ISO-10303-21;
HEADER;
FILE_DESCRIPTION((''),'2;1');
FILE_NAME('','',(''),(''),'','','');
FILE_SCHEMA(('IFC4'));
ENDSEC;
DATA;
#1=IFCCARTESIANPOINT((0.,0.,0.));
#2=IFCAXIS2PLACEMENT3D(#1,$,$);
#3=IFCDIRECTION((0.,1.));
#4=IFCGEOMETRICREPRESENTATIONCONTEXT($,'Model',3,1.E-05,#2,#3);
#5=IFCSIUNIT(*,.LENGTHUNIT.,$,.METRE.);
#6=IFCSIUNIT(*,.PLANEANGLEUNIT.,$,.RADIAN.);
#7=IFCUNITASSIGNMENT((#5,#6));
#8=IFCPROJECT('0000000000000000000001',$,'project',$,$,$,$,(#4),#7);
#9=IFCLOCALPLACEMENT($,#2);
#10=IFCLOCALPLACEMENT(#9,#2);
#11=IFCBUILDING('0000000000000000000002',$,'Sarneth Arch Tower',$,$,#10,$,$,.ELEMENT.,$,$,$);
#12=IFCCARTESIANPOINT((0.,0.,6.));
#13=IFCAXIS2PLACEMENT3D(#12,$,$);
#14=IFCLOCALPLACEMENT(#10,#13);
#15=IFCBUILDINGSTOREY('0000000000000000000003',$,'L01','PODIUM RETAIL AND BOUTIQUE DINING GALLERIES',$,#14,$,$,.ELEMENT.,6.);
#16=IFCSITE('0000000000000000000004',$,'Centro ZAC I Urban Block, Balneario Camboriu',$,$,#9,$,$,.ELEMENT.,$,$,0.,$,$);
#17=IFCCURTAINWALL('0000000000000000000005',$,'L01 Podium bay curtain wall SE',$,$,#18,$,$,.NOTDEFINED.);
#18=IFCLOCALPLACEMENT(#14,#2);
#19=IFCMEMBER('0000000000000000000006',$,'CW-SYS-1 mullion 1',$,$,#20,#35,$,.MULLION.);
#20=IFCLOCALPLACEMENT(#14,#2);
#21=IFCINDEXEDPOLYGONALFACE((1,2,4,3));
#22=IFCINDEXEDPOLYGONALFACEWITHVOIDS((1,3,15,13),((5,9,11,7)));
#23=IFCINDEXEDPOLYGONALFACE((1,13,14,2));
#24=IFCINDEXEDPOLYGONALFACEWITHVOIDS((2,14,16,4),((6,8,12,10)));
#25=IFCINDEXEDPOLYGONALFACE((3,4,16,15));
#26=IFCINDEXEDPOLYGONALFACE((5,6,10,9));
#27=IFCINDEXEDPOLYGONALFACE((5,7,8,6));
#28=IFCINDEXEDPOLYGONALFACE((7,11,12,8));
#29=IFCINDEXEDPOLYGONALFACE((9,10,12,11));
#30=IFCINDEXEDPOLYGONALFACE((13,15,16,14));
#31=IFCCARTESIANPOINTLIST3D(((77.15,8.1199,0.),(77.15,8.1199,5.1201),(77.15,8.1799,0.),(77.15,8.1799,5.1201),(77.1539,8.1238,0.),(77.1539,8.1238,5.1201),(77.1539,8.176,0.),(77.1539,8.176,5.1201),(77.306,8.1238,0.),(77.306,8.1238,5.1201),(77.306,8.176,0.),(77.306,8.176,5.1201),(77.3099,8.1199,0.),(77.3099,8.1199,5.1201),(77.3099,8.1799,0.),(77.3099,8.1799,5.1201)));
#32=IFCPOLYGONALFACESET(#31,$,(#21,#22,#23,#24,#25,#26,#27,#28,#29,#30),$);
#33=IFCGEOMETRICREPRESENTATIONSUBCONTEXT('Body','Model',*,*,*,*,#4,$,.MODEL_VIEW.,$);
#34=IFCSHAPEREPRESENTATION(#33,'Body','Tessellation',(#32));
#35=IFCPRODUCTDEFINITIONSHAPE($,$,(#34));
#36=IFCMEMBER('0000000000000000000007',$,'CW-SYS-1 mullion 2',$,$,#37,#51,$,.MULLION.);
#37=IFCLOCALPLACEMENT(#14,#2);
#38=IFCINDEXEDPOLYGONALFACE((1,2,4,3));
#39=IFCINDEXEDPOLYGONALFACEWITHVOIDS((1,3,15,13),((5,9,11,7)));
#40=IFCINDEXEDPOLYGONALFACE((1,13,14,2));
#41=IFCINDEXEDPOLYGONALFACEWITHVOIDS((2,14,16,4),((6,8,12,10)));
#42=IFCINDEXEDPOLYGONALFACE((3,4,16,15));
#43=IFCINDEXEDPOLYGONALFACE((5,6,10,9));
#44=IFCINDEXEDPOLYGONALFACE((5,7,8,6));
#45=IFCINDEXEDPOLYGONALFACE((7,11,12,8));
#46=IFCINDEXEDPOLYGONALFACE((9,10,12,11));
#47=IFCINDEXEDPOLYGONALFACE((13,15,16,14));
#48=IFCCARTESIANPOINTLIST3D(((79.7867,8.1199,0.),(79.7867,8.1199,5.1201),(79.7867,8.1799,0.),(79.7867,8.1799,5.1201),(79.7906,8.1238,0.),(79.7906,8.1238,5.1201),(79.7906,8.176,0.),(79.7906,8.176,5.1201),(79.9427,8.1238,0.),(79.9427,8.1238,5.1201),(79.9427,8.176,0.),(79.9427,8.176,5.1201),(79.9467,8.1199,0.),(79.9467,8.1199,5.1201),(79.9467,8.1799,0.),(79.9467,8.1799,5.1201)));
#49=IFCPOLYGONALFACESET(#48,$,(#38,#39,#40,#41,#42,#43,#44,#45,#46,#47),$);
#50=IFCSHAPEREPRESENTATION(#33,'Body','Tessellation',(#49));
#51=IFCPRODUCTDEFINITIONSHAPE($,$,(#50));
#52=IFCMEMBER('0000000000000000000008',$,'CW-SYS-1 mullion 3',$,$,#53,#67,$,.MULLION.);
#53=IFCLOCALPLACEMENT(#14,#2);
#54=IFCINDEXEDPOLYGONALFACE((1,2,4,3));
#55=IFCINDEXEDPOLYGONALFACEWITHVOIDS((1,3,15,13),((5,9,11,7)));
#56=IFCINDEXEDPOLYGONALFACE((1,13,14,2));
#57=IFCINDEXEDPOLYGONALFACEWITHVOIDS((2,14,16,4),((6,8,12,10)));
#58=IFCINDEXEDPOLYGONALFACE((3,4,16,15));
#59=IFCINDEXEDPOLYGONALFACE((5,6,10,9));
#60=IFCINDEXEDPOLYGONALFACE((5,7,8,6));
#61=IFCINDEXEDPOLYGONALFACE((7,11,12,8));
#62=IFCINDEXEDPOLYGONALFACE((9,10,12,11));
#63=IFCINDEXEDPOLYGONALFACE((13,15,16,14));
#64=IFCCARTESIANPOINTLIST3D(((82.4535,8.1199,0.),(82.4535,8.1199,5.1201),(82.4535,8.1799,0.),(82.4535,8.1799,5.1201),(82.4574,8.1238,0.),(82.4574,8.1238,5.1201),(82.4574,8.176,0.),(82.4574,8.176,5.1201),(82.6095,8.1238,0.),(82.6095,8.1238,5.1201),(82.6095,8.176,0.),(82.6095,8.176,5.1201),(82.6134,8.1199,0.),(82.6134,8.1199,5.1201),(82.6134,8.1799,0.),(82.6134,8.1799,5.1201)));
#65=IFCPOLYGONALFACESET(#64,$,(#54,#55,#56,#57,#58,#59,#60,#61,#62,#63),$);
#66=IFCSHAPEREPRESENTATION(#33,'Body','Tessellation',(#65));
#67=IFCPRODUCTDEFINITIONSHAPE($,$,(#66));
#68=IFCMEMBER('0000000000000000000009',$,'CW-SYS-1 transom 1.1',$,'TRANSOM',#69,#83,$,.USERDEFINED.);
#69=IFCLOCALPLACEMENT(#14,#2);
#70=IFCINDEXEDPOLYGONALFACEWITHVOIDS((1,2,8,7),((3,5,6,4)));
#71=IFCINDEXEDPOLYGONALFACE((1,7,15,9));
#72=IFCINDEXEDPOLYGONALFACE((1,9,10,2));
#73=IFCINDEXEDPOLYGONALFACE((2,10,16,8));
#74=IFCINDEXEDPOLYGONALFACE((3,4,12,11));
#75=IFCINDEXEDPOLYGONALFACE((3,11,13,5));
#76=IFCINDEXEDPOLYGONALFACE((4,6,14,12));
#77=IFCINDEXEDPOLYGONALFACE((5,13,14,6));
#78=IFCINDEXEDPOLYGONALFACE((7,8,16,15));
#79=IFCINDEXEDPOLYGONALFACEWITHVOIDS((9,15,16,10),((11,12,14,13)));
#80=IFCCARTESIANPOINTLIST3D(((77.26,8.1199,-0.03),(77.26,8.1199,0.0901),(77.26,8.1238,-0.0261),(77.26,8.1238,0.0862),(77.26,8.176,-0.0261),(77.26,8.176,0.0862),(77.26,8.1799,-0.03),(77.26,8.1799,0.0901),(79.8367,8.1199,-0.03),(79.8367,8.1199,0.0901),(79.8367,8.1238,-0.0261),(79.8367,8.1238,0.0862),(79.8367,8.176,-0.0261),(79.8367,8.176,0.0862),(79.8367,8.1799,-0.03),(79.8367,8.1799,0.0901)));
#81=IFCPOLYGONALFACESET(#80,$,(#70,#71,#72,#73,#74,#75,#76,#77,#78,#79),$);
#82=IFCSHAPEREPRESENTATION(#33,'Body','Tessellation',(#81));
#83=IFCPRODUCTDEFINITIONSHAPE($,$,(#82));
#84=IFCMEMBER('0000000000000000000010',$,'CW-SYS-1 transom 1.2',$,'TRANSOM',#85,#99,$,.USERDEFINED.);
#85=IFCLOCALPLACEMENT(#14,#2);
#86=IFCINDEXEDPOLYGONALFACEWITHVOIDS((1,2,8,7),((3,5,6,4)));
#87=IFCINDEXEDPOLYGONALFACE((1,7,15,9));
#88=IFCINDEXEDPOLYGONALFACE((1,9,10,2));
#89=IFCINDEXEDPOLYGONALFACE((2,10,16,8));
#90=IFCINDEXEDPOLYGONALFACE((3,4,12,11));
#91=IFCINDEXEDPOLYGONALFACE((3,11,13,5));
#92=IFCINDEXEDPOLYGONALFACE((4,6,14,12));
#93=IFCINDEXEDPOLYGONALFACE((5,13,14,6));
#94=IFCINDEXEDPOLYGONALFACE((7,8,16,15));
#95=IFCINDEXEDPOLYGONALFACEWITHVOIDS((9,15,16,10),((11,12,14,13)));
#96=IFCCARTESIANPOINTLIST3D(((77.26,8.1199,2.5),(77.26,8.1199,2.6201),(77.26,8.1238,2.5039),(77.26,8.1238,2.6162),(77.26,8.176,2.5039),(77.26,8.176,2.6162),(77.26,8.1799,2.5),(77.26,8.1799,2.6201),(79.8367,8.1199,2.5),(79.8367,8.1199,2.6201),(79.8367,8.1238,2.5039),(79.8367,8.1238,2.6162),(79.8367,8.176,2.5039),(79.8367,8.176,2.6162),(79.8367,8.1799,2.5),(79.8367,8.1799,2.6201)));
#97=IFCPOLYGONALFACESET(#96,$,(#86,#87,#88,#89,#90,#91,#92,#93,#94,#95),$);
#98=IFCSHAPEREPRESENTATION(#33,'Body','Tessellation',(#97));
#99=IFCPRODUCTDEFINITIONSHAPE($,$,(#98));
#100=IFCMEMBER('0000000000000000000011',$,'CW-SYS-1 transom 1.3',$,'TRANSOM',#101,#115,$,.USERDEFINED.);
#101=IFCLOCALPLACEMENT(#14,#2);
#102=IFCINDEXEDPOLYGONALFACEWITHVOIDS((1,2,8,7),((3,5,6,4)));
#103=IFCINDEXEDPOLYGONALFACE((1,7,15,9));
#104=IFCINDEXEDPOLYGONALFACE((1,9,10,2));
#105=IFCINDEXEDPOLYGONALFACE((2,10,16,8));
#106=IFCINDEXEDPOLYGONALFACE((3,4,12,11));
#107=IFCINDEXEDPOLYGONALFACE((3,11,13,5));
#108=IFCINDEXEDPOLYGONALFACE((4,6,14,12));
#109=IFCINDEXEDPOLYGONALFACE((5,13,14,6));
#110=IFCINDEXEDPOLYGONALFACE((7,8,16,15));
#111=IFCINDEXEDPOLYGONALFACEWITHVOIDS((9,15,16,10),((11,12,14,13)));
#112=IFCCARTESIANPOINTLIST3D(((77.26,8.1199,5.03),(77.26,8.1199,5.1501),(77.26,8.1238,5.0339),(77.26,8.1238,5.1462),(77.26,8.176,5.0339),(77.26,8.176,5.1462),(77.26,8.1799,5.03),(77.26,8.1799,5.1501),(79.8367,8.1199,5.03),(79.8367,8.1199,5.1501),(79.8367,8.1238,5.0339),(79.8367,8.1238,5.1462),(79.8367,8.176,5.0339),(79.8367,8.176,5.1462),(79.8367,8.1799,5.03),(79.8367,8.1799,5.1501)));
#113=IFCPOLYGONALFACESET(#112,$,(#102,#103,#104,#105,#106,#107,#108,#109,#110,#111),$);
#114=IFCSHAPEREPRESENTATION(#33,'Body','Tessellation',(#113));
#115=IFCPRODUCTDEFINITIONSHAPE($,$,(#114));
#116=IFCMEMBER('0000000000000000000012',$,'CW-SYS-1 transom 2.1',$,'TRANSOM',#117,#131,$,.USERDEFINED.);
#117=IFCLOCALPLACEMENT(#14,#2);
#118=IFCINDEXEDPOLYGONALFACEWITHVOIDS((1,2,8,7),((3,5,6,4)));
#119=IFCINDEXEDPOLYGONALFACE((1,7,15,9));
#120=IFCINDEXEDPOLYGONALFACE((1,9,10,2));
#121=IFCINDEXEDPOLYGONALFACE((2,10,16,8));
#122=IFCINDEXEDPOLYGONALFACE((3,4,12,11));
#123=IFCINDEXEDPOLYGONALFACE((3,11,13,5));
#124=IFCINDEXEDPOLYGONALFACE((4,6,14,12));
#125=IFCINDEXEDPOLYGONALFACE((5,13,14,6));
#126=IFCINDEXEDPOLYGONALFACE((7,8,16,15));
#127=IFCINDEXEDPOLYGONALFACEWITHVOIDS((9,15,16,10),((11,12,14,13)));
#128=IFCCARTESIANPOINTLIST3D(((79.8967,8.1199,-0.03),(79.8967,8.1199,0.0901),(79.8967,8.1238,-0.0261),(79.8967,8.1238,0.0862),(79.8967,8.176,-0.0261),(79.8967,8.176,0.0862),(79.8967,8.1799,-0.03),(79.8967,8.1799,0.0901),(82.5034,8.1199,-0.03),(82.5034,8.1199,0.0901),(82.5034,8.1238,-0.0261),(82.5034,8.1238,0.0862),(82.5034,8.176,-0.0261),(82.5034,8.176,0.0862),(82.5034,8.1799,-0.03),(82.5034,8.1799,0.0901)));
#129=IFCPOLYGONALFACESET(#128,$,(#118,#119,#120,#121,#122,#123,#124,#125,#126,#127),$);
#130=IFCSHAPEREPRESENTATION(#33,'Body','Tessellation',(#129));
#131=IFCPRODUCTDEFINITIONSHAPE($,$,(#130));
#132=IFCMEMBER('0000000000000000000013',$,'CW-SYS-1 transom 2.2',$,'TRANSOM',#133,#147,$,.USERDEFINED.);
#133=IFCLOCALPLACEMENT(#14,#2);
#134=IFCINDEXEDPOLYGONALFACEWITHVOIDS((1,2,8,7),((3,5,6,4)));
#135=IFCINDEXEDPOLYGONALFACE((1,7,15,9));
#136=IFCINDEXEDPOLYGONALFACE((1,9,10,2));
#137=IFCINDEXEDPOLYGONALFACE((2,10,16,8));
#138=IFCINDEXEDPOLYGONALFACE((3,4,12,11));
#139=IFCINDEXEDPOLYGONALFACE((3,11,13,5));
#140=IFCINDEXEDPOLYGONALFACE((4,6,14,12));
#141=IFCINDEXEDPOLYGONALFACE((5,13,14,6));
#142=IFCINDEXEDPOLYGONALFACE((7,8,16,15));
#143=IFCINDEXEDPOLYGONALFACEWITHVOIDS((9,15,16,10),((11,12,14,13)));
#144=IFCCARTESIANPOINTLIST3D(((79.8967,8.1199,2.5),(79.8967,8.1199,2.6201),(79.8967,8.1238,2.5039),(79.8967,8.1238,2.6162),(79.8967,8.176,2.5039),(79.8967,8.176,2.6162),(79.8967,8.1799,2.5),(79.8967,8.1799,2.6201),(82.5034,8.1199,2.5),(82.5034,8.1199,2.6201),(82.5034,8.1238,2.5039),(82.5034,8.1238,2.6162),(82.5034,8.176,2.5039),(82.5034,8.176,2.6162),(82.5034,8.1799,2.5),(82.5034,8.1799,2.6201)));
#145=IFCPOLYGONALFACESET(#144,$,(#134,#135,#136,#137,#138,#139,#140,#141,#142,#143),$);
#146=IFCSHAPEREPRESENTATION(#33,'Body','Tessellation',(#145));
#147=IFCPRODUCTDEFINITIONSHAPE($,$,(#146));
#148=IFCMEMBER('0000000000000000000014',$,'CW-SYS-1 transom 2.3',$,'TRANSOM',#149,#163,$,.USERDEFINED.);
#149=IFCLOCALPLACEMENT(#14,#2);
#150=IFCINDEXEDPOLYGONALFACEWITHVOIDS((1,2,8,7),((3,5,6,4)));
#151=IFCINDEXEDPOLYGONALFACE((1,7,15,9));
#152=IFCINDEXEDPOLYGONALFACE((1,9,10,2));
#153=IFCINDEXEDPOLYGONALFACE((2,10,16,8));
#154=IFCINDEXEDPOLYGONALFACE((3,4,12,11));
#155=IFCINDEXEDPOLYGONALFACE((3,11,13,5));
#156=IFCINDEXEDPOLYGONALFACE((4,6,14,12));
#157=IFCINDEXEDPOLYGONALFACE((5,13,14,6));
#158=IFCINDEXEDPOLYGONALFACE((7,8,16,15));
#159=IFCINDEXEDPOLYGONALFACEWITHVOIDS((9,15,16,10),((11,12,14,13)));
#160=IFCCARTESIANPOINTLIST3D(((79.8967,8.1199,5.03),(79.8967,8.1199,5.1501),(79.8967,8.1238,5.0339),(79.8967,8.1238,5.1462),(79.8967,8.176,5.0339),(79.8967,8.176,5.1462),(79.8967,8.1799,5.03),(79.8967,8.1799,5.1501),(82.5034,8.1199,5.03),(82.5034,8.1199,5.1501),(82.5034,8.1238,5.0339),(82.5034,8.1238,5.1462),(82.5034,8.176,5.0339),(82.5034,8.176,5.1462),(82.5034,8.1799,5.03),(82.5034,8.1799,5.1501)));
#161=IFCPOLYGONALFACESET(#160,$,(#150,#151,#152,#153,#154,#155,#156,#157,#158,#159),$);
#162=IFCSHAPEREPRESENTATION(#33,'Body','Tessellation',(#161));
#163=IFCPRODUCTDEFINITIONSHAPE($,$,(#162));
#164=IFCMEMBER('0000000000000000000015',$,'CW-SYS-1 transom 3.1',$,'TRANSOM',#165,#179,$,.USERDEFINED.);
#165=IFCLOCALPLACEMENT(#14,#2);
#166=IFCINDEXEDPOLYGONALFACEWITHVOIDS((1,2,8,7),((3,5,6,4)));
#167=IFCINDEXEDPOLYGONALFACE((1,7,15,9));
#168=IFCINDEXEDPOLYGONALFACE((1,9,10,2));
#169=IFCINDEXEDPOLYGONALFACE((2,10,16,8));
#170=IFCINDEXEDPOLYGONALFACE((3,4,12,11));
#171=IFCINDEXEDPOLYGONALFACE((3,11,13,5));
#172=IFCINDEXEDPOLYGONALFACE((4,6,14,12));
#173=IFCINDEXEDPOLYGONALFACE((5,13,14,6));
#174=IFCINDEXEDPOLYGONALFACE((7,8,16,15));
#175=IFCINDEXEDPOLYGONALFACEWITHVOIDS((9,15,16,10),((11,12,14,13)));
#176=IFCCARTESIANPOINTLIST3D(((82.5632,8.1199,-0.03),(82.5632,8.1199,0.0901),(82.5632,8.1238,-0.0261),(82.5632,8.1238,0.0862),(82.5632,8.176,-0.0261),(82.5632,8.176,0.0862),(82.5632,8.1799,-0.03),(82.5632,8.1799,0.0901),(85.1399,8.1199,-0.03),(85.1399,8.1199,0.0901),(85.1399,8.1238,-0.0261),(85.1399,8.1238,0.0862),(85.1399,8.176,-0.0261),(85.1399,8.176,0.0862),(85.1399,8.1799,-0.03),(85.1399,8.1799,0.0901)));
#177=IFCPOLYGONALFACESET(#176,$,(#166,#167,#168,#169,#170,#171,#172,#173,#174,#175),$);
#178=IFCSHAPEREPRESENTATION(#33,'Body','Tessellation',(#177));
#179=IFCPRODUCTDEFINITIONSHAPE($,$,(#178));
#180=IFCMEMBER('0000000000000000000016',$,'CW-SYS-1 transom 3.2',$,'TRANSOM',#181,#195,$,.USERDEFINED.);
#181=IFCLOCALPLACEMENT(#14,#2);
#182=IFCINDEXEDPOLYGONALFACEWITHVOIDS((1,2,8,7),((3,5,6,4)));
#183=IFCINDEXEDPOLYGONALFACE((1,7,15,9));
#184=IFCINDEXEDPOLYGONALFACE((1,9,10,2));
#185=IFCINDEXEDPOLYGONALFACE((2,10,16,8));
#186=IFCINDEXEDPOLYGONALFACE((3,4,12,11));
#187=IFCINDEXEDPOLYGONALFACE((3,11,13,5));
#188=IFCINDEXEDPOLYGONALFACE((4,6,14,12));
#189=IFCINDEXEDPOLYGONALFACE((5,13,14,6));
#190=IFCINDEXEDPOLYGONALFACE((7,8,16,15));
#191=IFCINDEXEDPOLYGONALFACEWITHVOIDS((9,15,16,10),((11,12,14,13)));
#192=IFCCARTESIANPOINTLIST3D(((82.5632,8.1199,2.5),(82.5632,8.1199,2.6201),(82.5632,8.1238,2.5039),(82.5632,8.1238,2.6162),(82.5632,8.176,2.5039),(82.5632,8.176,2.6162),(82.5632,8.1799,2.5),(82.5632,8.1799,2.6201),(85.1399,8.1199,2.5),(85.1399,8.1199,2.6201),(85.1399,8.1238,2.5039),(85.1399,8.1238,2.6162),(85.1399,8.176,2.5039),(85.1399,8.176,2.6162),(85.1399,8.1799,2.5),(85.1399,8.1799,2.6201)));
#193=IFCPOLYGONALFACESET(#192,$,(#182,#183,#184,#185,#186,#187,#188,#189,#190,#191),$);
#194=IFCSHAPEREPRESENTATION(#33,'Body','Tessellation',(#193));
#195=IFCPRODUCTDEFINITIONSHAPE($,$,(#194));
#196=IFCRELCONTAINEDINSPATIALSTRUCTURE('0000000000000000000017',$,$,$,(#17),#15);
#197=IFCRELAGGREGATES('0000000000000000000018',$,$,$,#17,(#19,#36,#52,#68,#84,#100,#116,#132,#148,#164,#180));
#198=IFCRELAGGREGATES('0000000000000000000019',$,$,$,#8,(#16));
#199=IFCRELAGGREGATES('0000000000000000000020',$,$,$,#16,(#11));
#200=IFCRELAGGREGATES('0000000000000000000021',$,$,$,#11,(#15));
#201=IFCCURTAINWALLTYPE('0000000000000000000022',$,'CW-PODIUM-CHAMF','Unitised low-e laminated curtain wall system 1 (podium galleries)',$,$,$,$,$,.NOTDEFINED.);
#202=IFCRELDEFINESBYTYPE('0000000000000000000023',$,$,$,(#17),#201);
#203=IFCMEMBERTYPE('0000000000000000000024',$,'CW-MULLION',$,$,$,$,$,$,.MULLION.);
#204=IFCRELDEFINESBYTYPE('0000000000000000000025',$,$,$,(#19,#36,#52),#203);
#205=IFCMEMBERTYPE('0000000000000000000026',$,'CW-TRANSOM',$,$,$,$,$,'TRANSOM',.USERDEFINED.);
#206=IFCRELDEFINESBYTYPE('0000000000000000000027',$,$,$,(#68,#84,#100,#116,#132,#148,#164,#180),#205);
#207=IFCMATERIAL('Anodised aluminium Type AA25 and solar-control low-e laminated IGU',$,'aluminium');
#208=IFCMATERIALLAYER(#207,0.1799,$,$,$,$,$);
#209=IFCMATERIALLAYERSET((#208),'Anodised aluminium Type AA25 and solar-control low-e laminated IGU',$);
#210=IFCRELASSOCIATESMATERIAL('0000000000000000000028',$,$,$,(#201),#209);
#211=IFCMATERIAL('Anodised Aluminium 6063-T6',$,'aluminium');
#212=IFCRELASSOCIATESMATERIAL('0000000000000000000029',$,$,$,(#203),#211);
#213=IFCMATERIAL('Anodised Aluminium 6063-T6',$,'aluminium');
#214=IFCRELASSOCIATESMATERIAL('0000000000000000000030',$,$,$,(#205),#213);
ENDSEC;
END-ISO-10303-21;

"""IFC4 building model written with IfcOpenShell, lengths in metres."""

from ifc_helpers import new_model, si_unit, direction, frame, origin, origin_2d, place, context, subcontext, project, spatial, hollow_rectangle, extrude, material, layer, layer_set, material_profile, profile_set, type_object, element, aggregate, save


model = new_model("IFC4")

# Units and contexts
model_context = context("Model", 3, precision=1e-05, world=origin(), true_north=direction((0.0, 1.0)))
body_context = subcontext(model_context, "Body", "Model", "MODEL_VIEW")
ifc_project = project(units=[si_unit("LENGTHUNIT", "METRE"), si_unit("PLANEANGLEUNIT", "RADIAN")], contexts=[model_context])

# Site, building, storey
site_placement = place(None, origin())
site = spatial("IfcSite", under=ifc_project, at=site_placement, Name="Centro ZAC I Urban Block, Balneario Camboriu", CompositionType="ELEMENT", RefElevation=0.0)
building_placement = place(site_placement, origin())
building = spatial("IfcBuilding", under=site, at=building_placement, Name="Sarneth Arch Tower", CompositionType="ELEMENT")
storey_placement = place(building_placement, frame((0.0, 0.0, 6.0)))
storey = spatial("IfcBuildingStorey", under=building, at=storey_placement, Name="L01", Description="PODIUM RETAIL AND BOUTIQUE DINING GALLERIES", CompositionType="ELEMENT", Elevation=6.0)

# Curtain wall, members
ifc_material_1 = material(Name="Anodised aluminium Type AA25 and solar-control low-e laminated IGU", Category="aluminium")
ifc_layer_1 = layer(ifc_material_1, 0.1799)
ifc_layer_set_1 = layer_set([ifc_layer_1], Name="Anodised aluminium Type AA25 and solar-control low-e laminated IGU")
curtain_wall_type = type_object("IfcCurtainWallType", Name="CW-PODIUM-CHAMF", Description="Unitised low-e laminated curtain wall system 1 (podium galleries)", PredefinedType="NOTDEFINED", material=ifc_layer_set_1)
curtain_wall_placement = place(storey_placement, origin())
curtain_wall = element("IfcCurtainWall", 1, at=curtain_wall_placement, inside=storey, type_object=curtain_wall_type, Name="L01 Podium bay curtain wall SE", PredefinedType="NOTDEFINED")
ifc_material_2 = material(Name="Anodised Aluminium 6063-T6", Category="aluminium")
ifc_material_profile_1 = material_profile(ifc_material_2, hollow_rectangle(XDim=0.0601, YDim=0.1599, WallThickness=0.0039, at=origin_2d()), Name="AL-MULL-160x60x4")
ifc_profile_set_1 = profile_set([ifc_material_profile_1], Name="Anodised Aluminium 6063-T6")
member_type_1 = type_object("IfcMemberType", Name="CW-MULLION", PredefinedType="MULLION", material=ifc_profile_set_1)
member_1_placement = place(storey_placement, frame((77.23, 8.1499, 0.0), z_axis=(0.0, 0.0, 1.0), x_axis=(0.0, 1.0, 0.0)))
member_1 = element("IfcMember", 2, at=member_1_placement, type_object=member_type_1, Name="CW-SYS-1 mullion 1", PredefinedType="MULLION", context=body_context, shape_type="SweptSolid", body=[
    extrude(hollow_rectangle(XDim=0.0601, YDim=0.1599, WallThickness=0.0039, at=origin_2d()), origin(), (0.0, 0.0, 1.0), 5.1201),
])
member_2_placement = place(storey_placement, frame((79.8667, 8.1499, 0.0), z_axis=(0.0, 0.0, 1.0), x_axis=(0.0, 1.0, 0.0)))
member_2 = element("IfcMember", 3, at=member_2_placement, type_object=member_type_1, Name="CW-SYS-1 mullion 2", PredefinedType="MULLION", context=body_context, shape_type="SweptSolid", body=[
    extrude(hollow_rectangle(XDim=0.0601, YDim=0.1599, WallThickness=0.0039, at=origin_2d()), origin(), (0.0, 0.0, 1.0), 5.1201),
])
member_3_placement = place(storey_placement, frame((82.5334, 8.1499, 0.0), z_axis=(0.0, 0.0, 1.0), x_axis=(0.0, 1.0, 0.0)))
member_3 = element("IfcMember", 4, at=member_3_placement, type_object=member_type_1, Name="CW-SYS-1 mullion 3", PredefinedType="MULLION", context=body_context, shape_type="SweptSolid", body=[
    extrude(hollow_rectangle(XDim=0.0601, YDim=0.1599, WallThickness=0.0039, at=origin_2d()), origin(), (0.0, 0.0, 1.0), 5.1201),
])
ifc_material_3 = material(Name="Anodised Aluminium 6063-T6", Category="aluminium")
ifc_material_profile_2 = material_profile(ifc_material_3, hollow_rectangle(XDim=0.0601, YDim=0.1201, WallThickness=0.0039, at=origin_2d()), Name="AL-TRAN-120x60x4")
ifc_profile_set_2 = profile_set([ifc_material_profile_2], Name="Anodised Aluminium 6063-T6")
member_type_2 = type_object("IfcMemberType", Name="CW-TRANSOM", ElementType="TRANSOM", PredefinedType="USERDEFINED", material=ifc_profile_set_2)
member_4_placement = place(storey_placement, frame((77.26, 8.1499, 0.03), z_axis=(1.0, 0.0, 0.0), x_axis=(0.0, 1.0, 0.0)))
member_4 = element("IfcMember", 5, at=member_4_placement, type_object=member_type_2, Name="CW-SYS-1 transom 1.1", ObjectType="TRANSOM", PredefinedType="USERDEFINED", context=body_context, shape_type="SweptSolid", body=[
    extrude(hollow_rectangle(XDim=0.0601, YDim=0.1201, WallThickness=0.0039, at=origin_2d()), origin(), (0.0, 0.0, 1.0), 2.5767),
])
member_5_placement = place(storey_placement, frame((77.26, 8.1499, 2.5601), z_axis=(1.0, 0.0, 0.0), x_axis=(0.0, 1.0, 0.0)))
member_5 = element("IfcMember", 6, at=member_5_placement, type_object=member_type_2, Name="CW-SYS-1 transom 1.2", ObjectType="TRANSOM", PredefinedType="USERDEFINED", context=body_context, shape_type="SweptSolid", body=[
    extrude(hollow_rectangle(XDim=0.0601, YDim=0.1201, WallThickness=0.0039, at=origin_2d()), origin(), (0.0, 0.0, 1.0), 2.5767),
])
member_6_placement = place(storey_placement, frame((77.26, 8.1499, 5.0901), z_axis=(1.0, 0.0, 0.0), x_axis=(0.0, 1.0, 0.0)))
member_6 = element("IfcMember", 7, at=member_6_placement, type_object=member_type_2, Name="CW-SYS-1 transom 1.3", ObjectType="TRANSOM", PredefinedType="USERDEFINED", context=body_context, shape_type="SweptSolid", body=[
    extrude(hollow_rectangle(XDim=0.0601, YDim=0.1201, WallThickness=0.0039, at=origin_2d()), origin(), (0.0, 0.0, 1.0), 2.5767),
])
member_7_placement = place(storey_placement, frame((79.8967, 8.1499, 0.03), z_axis=(1.0, 0.0, 0.0), x_axis=(0.0, 1.0, 0.0)))
member_7 = element("IfcMember", 8, at=member_7_placement, type_object=member_type_2, Name="CW-SYS-1 transom 2.1", ObjectType="TRANSOM", PredefinedType="USERDEFINED", context=body_context, shape_type="SweptSolid", body=[
    extrude(hollow_rectangle(XDim=0.0601, YDim=0.1201, WallThickness=0.0039, at=origin_2d()), origin(), (0.0, 0.0, 1.0), 2.6067),
])
member_8_placement = place(storey_placement, frame((79.8967, 8.1499, 2.5601), z_axis=(1.0, 0.0, 0.0), x_axis=(0.0, 1.0, 0.0)))
member_8 = element("IfcMember", 9, at=member_8_placement, type_object=member_type_2, Name="CW-SYS-1 transom 2.2", ObjectType="TRANSOM", PredefinedType="USERDEFINED", context=body_context, shape_type="SweptSolid", body=[
    extrude(hollow_rectangle(XDim=0.0601, YDim=0.1201, WallThickness=0.0039, at=origin_2d()), origin(), (0.0, 0.0, 1.0), 2.6067),
])
member_9_placement = place(storey_placement, frame((79.8967, 8.1499, 5.0901), z_axis=(1.0, 0.0, 0.0), x_axis=(0.0, 1.0, 0.0)))
member_9 = element("IfcMember", 10, at=member_9_placement, type_object=member_type_2, Name="CW-SYS-1 transom 2.3", ObjectType="TRANSOM", PredefinedType="USERDEFINED", context=body_context, shape_type="SweptSolid", body=[
    extrude(hollow_rectangle(XDim=0.0601, YDim=0.1201, WallThickness=0.0039, at=origin_2d()), origin(), (0.0, 0.0, 1.0), 2.6067),
])
member_10_placement = place(storey_placement, frame((82.5632, 8.1499, 0.03), z_axis=(1.0, 0.0, 0.0), x_axis=(0.0, 1.0, 0.0)))
member_10 = element("IfcMember", 11, at=member_10_placement, type_object=member_type_2, Name="CW-SYS-1 transom 3.1", ObjectType="TRANSOM", PredefinedType="USERDEFINED", context=body_context, shape_type="SweptSolid", body=[
    extrude(hollow_rectangle(XDim=0.0601, YDim=0.1201, WallThickness=0.0039, at=origin_2d()), origin(), (0.0, 0.0, 1.0), 2.5767),
])
member_11_placement = place(storey_placement, frame((82.5632, 8.1499, 2.5601), z_axis=(1.0, 0.0, 0.0), x_axis=(0.0, 1.0, 0.0)))
member_11 = element("IfcMember", 12, at=member_11_placement, type_object=member_type_2, Name="CW-SYS-1 transom 3.2", ObjectType="TRANSOM", PredefinedType="USERDEFINED", context=body_context, shape_type="SweptSolid", body=[
    extrude(hollow_rectangle(XDim=0.0601, YDim=0.1201, WallThickness=0.0039, at=origin_2d()), origin(), (0.0, 0.0, 1.0), 2.5767),
])
aggregate(curtain_wall, [member_1, member_2, member_3, member_4, member_5, member_6, member_7, member_8, member_9, member_10, member_11])

save(model, "model.ifc")
